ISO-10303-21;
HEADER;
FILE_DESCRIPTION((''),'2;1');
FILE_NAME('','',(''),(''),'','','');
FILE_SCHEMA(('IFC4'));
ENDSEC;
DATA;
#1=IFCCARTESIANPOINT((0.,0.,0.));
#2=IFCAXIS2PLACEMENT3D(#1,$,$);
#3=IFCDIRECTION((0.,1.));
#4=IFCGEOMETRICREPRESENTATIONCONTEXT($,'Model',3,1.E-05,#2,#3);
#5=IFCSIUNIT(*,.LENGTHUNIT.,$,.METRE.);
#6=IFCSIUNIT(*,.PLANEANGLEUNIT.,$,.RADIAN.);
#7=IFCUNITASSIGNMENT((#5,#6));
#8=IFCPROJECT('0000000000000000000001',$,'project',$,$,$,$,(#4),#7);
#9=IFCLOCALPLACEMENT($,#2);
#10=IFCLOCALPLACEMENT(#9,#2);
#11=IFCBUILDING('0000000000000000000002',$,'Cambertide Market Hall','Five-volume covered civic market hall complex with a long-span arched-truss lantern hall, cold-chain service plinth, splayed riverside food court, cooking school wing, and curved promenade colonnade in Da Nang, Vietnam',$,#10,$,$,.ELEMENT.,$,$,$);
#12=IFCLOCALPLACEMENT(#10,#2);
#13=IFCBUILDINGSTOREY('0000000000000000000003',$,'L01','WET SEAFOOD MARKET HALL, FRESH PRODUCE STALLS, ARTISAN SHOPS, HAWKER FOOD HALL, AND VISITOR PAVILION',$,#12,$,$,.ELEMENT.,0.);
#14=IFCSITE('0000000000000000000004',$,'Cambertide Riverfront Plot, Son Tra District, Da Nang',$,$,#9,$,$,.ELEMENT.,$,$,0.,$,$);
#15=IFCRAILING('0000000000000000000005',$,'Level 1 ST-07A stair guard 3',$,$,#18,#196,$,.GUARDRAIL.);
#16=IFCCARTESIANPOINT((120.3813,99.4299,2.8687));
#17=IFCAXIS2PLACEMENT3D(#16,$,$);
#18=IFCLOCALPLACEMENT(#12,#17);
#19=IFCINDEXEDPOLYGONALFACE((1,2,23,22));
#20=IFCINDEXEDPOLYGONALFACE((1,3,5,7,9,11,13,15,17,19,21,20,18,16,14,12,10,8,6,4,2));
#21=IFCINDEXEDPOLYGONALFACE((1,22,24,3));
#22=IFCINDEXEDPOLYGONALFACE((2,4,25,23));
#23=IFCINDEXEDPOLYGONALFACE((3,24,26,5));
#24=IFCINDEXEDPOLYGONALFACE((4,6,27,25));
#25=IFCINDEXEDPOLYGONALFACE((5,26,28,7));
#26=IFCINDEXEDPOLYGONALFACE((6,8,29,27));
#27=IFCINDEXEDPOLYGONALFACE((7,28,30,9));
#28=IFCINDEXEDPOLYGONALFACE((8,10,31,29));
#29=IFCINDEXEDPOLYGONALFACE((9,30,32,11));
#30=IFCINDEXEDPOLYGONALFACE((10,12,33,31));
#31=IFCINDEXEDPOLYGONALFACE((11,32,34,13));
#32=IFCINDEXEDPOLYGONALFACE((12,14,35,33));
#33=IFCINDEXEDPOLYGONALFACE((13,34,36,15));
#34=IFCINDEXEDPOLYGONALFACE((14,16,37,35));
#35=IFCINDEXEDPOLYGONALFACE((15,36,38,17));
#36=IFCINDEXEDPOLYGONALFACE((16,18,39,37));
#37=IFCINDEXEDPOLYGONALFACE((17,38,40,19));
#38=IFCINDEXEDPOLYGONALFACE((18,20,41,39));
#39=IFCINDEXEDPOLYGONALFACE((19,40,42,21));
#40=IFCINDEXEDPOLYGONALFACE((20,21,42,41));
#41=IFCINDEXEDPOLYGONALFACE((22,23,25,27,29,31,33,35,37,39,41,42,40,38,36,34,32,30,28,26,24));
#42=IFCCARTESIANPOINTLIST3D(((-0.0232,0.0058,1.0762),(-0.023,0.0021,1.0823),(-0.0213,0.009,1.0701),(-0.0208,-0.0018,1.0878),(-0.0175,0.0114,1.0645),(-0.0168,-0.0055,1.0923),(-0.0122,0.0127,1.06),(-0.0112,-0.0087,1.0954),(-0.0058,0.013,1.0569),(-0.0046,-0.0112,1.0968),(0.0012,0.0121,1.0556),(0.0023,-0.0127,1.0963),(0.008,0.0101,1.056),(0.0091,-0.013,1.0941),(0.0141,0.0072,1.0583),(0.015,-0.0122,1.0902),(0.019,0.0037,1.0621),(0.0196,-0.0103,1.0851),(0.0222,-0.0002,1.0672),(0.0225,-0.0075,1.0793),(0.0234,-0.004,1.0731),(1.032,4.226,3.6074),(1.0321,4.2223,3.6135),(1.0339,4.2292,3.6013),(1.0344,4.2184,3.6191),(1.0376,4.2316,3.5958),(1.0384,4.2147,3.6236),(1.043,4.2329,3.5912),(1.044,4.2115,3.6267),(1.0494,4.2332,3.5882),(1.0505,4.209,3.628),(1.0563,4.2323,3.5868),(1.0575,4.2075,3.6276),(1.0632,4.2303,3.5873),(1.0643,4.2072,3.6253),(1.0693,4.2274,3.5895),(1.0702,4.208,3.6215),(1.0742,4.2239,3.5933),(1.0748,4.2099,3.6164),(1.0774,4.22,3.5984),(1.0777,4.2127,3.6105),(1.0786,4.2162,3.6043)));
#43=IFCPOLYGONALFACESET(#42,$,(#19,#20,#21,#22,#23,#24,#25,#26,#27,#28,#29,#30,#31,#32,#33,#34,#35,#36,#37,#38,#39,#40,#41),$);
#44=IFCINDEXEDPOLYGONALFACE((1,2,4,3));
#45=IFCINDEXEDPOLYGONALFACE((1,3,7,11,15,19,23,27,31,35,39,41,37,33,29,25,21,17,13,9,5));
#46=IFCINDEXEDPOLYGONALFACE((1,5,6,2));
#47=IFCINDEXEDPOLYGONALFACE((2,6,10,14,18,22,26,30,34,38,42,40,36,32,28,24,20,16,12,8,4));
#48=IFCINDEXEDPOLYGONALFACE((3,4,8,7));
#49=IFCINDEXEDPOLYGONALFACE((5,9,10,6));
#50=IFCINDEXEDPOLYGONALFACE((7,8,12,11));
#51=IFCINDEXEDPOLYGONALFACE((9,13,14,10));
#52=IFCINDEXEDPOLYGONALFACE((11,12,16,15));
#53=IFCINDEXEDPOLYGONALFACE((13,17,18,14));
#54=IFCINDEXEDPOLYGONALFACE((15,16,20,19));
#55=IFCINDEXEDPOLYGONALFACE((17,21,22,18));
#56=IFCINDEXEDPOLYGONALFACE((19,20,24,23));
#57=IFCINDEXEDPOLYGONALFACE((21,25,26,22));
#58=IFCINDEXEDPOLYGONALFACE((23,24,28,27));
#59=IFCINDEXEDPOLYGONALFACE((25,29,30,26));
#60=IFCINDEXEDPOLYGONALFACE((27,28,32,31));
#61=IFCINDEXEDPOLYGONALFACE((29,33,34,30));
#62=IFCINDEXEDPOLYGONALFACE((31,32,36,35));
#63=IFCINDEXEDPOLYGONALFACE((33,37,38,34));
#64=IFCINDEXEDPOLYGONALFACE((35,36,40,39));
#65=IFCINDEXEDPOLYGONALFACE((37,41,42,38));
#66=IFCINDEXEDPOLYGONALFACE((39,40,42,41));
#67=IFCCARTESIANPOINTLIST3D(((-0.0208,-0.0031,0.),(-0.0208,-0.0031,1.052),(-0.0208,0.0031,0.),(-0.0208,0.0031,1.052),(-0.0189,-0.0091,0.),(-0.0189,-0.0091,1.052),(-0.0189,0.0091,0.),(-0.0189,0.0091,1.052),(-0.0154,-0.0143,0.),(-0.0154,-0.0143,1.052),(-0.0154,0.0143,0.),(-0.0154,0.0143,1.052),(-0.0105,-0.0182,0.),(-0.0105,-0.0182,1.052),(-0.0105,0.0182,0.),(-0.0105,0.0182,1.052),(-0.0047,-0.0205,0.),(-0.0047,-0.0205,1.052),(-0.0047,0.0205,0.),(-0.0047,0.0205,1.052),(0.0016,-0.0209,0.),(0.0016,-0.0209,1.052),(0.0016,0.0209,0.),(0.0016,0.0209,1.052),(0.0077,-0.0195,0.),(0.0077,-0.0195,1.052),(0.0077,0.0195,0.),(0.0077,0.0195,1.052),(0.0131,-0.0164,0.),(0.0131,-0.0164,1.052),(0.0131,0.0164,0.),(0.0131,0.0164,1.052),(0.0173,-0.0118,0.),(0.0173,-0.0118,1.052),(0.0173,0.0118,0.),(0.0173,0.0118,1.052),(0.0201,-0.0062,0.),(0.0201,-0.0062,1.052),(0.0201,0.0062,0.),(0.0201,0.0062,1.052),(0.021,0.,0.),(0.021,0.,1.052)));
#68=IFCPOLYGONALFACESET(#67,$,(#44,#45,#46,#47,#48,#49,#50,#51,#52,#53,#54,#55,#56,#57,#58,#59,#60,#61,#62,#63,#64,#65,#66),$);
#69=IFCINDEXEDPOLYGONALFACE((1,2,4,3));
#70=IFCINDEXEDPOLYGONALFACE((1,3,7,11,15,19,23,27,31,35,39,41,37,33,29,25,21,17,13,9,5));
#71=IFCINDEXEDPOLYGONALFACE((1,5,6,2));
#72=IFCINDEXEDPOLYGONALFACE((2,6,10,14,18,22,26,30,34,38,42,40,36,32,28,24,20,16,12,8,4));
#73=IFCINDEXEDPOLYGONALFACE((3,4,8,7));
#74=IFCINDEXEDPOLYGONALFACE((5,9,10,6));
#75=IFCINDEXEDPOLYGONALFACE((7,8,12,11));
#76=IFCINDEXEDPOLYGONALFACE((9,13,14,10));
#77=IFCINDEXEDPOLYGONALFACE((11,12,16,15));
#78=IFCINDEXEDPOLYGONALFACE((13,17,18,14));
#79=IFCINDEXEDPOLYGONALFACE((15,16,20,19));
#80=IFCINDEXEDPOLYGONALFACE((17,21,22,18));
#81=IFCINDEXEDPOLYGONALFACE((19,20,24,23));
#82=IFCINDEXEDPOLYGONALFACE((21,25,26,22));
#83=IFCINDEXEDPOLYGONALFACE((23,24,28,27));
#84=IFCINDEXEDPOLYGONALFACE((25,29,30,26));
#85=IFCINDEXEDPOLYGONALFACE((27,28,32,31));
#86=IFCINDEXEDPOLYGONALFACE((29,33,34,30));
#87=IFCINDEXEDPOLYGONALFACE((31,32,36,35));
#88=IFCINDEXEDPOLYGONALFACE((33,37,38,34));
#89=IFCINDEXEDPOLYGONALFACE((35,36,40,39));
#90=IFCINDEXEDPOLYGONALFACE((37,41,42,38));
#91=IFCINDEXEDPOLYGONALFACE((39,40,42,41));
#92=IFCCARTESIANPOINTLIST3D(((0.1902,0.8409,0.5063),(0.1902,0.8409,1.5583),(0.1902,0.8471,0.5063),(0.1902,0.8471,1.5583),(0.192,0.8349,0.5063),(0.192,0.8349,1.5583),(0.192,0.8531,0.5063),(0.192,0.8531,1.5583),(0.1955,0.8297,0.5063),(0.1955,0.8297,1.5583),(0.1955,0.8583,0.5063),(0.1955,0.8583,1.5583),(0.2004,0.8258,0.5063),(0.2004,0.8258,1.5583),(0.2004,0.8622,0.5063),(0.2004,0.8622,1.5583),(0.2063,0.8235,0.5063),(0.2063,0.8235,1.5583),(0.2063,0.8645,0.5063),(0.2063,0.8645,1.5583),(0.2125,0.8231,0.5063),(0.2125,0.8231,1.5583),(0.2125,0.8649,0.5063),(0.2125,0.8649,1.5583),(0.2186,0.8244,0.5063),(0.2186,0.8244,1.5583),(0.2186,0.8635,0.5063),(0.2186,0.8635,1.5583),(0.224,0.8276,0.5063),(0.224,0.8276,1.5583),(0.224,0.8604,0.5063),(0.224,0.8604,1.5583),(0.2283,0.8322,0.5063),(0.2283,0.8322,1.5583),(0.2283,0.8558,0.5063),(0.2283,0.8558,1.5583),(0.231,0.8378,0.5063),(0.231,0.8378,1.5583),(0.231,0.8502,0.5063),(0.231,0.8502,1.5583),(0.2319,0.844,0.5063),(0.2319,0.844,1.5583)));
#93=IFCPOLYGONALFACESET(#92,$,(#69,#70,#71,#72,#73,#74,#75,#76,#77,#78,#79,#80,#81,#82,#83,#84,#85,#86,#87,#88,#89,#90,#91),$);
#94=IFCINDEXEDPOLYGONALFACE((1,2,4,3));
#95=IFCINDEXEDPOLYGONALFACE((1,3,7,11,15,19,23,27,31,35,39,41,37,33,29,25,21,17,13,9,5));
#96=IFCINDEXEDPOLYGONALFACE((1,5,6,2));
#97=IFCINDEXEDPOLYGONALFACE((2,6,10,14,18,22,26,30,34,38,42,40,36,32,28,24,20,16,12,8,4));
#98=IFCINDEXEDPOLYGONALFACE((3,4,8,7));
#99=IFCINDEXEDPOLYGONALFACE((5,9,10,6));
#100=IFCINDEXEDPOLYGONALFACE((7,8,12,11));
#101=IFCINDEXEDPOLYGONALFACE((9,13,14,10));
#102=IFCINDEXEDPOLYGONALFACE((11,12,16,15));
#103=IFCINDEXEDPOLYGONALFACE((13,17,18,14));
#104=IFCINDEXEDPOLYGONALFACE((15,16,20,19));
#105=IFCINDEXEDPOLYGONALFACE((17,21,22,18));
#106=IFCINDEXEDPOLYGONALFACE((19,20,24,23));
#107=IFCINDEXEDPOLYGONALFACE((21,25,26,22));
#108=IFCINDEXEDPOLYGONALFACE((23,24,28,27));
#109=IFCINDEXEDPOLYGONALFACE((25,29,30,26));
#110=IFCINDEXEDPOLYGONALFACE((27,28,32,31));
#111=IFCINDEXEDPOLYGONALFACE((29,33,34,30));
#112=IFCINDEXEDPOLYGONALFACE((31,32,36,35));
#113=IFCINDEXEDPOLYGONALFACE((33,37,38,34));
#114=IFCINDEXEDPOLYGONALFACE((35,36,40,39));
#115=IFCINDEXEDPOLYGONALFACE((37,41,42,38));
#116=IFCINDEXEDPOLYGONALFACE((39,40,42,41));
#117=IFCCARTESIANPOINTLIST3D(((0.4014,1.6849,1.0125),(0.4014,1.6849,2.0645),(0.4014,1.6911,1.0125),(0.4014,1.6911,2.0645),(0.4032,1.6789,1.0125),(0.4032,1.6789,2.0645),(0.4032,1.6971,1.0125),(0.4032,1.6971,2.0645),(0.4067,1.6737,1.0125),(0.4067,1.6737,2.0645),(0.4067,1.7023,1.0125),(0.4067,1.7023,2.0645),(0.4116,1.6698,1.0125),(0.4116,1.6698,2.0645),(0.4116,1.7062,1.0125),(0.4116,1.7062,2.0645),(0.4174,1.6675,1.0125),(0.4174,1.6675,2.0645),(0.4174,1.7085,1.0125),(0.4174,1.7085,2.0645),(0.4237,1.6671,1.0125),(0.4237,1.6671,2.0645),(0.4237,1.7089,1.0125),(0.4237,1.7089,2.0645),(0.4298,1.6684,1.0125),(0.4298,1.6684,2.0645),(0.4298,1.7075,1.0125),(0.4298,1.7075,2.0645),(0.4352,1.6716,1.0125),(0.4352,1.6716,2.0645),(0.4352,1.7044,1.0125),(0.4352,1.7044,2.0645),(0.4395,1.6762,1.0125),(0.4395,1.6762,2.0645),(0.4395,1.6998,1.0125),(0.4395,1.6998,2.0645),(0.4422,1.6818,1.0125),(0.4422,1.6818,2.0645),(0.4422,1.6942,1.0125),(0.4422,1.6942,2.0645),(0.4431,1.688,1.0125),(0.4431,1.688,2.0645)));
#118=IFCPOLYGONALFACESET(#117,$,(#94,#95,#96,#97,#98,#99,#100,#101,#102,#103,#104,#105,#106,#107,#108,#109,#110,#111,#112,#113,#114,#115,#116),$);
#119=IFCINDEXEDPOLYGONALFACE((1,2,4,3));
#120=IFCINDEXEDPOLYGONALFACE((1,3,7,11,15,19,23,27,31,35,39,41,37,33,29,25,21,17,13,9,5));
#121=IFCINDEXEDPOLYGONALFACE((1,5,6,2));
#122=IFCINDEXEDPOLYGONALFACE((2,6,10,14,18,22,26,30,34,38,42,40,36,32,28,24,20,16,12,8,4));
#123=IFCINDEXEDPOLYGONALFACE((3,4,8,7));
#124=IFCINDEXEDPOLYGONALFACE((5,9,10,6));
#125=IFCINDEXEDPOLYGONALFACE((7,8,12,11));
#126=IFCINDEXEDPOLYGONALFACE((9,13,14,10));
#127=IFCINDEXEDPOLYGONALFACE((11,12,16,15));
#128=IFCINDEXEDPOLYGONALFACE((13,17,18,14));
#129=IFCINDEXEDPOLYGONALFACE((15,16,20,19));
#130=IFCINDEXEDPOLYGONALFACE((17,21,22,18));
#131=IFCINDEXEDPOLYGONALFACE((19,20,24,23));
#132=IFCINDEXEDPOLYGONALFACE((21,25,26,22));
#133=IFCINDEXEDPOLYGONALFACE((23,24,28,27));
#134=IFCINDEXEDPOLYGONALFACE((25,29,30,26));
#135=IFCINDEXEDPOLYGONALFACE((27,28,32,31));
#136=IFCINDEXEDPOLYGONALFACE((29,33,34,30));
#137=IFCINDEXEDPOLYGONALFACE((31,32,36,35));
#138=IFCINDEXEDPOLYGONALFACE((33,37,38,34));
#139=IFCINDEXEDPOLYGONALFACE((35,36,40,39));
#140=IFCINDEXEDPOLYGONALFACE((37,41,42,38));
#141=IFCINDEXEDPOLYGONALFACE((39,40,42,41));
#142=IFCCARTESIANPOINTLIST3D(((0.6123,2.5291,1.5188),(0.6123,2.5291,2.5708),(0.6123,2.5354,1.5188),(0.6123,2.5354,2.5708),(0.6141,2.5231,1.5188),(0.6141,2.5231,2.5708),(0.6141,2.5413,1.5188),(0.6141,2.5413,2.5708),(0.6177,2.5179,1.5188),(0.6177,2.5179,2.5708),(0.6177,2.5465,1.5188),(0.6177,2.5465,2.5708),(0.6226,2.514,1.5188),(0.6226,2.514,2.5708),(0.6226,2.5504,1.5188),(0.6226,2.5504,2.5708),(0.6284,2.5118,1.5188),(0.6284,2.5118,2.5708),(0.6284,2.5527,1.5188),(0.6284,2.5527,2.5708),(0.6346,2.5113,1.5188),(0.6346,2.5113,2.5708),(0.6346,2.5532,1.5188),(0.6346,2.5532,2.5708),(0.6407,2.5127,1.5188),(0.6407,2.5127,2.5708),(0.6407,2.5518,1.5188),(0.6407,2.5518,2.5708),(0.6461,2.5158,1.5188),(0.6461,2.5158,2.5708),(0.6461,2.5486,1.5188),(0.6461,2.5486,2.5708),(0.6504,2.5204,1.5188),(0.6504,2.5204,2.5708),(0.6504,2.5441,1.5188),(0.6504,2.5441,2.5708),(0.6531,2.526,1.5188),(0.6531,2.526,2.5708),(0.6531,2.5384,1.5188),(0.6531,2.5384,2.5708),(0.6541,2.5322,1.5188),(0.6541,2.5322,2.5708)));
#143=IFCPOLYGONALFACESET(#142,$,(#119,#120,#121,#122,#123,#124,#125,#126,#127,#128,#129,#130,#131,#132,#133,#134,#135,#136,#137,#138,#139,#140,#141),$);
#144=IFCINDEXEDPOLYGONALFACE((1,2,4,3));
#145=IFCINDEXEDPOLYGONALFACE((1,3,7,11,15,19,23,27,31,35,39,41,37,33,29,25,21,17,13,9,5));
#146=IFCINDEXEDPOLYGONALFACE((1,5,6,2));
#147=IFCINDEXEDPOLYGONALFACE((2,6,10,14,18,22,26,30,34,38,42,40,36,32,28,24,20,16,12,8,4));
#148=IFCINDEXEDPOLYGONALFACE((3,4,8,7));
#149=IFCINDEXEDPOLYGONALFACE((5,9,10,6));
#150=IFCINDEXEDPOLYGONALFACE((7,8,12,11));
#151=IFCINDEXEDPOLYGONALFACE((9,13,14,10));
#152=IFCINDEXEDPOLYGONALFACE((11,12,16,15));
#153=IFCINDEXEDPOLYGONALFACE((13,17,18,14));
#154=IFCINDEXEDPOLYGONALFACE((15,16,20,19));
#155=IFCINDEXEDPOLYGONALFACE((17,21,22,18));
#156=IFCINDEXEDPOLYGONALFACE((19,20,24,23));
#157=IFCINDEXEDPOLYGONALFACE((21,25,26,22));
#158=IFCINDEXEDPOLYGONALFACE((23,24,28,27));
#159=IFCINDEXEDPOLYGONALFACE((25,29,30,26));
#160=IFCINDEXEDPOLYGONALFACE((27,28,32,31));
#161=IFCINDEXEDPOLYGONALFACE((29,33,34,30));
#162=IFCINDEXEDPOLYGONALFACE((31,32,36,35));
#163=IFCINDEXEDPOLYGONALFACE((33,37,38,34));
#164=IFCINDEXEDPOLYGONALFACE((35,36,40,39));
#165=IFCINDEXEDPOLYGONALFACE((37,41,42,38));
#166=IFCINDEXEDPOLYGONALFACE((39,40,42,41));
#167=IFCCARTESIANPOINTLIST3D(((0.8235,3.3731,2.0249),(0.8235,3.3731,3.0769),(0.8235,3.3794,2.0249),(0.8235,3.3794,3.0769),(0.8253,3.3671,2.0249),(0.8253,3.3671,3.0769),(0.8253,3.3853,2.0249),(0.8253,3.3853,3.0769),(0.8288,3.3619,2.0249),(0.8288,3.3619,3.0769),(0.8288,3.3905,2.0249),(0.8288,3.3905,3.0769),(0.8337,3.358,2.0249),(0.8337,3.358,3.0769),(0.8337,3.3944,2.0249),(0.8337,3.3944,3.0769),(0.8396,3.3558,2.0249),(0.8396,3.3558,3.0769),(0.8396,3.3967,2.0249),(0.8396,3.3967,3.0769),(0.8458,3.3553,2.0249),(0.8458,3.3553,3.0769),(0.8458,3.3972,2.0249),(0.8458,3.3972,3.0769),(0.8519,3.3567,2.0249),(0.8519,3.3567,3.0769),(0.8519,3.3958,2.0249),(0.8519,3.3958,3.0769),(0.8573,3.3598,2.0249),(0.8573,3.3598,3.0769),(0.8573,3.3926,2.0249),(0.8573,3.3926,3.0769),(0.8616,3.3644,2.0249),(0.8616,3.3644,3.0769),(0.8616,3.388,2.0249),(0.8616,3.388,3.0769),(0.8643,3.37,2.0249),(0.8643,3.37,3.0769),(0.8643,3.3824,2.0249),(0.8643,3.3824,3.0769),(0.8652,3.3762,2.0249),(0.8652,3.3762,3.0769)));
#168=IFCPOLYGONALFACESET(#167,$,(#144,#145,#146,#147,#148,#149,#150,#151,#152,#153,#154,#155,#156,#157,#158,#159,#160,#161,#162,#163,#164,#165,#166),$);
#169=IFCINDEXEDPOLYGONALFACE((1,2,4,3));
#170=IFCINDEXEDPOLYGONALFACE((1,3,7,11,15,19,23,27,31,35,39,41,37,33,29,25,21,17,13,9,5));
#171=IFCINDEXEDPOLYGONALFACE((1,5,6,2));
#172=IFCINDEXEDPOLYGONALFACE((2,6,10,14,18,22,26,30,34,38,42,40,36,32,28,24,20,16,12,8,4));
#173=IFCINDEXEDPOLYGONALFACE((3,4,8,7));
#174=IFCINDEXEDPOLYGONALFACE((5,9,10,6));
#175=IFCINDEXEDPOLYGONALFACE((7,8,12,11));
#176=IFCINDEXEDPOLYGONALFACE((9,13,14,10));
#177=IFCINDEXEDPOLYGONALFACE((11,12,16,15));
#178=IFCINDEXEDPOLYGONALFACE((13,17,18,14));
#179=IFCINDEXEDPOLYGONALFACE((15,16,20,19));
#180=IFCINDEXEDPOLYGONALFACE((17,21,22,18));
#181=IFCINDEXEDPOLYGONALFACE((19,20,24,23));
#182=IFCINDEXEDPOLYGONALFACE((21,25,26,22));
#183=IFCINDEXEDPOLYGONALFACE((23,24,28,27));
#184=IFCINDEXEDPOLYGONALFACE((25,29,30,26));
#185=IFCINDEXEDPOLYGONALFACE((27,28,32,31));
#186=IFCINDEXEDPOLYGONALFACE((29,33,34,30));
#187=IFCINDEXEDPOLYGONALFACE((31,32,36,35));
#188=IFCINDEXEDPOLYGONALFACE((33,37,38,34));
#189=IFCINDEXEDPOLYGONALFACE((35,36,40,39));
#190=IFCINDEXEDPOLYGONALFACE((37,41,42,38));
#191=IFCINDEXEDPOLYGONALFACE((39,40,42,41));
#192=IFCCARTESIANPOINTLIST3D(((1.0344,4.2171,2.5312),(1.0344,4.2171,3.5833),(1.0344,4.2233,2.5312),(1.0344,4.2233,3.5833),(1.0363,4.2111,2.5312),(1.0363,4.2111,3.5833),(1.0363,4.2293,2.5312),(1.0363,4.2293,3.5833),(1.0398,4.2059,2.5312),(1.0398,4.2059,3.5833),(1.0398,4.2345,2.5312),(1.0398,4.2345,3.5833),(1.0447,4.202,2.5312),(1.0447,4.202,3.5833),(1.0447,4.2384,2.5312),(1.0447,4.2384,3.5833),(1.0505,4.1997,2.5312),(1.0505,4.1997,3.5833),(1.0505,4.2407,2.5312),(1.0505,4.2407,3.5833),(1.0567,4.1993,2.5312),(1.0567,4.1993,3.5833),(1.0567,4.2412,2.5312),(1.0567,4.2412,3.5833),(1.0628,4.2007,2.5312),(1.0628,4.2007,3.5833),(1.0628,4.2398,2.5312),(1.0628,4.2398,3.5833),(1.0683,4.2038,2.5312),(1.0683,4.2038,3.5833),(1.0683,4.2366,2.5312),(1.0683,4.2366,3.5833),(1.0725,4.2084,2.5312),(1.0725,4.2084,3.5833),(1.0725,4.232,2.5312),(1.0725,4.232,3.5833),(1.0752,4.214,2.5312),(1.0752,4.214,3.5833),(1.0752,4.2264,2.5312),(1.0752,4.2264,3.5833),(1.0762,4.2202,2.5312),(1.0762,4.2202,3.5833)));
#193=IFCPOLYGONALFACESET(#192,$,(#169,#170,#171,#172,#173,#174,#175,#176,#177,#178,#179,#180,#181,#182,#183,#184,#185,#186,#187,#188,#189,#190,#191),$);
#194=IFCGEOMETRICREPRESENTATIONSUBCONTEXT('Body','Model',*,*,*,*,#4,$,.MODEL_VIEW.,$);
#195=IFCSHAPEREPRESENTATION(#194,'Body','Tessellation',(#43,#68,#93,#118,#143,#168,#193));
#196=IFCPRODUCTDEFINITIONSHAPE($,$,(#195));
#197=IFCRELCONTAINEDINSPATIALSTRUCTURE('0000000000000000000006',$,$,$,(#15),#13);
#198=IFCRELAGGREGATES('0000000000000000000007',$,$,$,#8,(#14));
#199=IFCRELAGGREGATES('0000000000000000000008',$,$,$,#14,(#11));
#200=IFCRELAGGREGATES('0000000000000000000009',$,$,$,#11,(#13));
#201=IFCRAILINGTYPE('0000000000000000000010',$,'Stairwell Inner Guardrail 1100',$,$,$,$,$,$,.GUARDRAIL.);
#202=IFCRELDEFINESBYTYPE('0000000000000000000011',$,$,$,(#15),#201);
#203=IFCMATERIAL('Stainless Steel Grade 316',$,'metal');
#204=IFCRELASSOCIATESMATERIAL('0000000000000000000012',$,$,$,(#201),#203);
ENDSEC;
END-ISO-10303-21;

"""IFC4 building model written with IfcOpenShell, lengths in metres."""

from ifc_helpers import new_model, si_unit, direction, frame, origin, origin_2d, place, context, subcontext, project, spatial, circle, extrude, material, type_object, element, save


model = new_model("IFC4")

# Units and contexts
model_context = context("Model", 3, precision=1e-05, world=origin(), true_north=direction((0.0, 1.0)))
body_context = subcontext(model_context, "Body", "Model", "MODEL_VIEW")
ifc_project = project(units=[si_unit("LENGTHUNIT", "METRE"), si_unit("PLANEANGLEUNIT", "RADIAN")], contexts=[model_context])

# Site, building, storey
site_placement = place(None, origin())
site = spatial("IfcSite", under=ifc_project, at=site_placement, Name="Cambertide Riverfront Plot, Son Tra District, Da Nang", CompositionType="ELEMENT", RefElevation=0.0)
building_placement = place(site_placement, origin())
building = spatial("IfcBuilding", under=site, at=building_placement, Name="Cambertide Market Hall", Description="Five-volume covered civic market hall complex with a long-span arched-truss lantern hall, cold-chain service plinth, splayed riverside food court, cooking school wing, and curved promenade colonnade in Da Nang, Vietnam", CompositionType="ELEMENT")
storey_placement = place(building_placement, origin())
storey = spatial("IfcBuildingStorey", under=building, at=storey_placement, Name="L01", Description="WET SEAFOOD MARKET HALL, FRESH PRODUCE STALLS, ARTISAN SHOPS, HAWKER FOOD HALL, AND VISITOR PAVILION", CompositionType="ELEMENT", Elevation=0.0)

# Railing
ifc_material_1 = material(Name="Stainless Steel Grade 316", Category="metal")
railing_type_1 = type_object("IfcRailingType", Name="Stairwell Inner Guardrail 1100", PredefinedType="GUARDRAIL", material=ifc_material_1)
railing_1_placement = place(storey_placement, frame((120.3813, 99.4299, 2.8687)))
element("IfcRailing", 1, at=railing_1_placement, inside=storey, type_object=railing_type_1, Name="Level 1 ST-07A stair guard 3", PredefinedType="GUARDRAIL", context=body_context, shape_type="SweptSolid", body=[
    extrude(circle(Radius=0.0239, at=origin_2d()), frame((0.0, 0.0, 1.0762), z_axis=(0.209653, 0.838513, 0.502933), x_axis=(-0.970136, 0.242562, 0.0)), (0.0, 0.0, 1.0), 5.033),
    extrude(circle(Radius=0.021, at=origin_2d()), origin(), (0.0, 0.0, 1.0), 1.052),
    extrude(circle(Radius=0.021, at=origin_2d()), frame((0.2109, 0.844, 0.5063)), (0.0, 0.0, 1.0), 1.052),
    extrude(circle(Radius=0.021, at=origin_2d()), frame((0.4221, 1.688, 1.0125)), (0.0, 0.0, 1.0), 1.052),
    extrude(circle(Radius=0.021, at=origin_2d()), frame((0.6331, 2.5322, 1.5188)), (0.0, 0.0, 1.0), 1.052),
    extrude(circle(Radius=0.021, at=origin_2d()), frame((0.8442, 3.3762, 2.0249)), (0.0, 0.0, 1.0), 1.052),
    extrude(circle(Radius=0.021, at=origin_2d()), frame((1.0552, 4.2202, 2.5312)), (0.0, 0.0, 1.0), 1.052),
])

save(model, "model.ifc")
